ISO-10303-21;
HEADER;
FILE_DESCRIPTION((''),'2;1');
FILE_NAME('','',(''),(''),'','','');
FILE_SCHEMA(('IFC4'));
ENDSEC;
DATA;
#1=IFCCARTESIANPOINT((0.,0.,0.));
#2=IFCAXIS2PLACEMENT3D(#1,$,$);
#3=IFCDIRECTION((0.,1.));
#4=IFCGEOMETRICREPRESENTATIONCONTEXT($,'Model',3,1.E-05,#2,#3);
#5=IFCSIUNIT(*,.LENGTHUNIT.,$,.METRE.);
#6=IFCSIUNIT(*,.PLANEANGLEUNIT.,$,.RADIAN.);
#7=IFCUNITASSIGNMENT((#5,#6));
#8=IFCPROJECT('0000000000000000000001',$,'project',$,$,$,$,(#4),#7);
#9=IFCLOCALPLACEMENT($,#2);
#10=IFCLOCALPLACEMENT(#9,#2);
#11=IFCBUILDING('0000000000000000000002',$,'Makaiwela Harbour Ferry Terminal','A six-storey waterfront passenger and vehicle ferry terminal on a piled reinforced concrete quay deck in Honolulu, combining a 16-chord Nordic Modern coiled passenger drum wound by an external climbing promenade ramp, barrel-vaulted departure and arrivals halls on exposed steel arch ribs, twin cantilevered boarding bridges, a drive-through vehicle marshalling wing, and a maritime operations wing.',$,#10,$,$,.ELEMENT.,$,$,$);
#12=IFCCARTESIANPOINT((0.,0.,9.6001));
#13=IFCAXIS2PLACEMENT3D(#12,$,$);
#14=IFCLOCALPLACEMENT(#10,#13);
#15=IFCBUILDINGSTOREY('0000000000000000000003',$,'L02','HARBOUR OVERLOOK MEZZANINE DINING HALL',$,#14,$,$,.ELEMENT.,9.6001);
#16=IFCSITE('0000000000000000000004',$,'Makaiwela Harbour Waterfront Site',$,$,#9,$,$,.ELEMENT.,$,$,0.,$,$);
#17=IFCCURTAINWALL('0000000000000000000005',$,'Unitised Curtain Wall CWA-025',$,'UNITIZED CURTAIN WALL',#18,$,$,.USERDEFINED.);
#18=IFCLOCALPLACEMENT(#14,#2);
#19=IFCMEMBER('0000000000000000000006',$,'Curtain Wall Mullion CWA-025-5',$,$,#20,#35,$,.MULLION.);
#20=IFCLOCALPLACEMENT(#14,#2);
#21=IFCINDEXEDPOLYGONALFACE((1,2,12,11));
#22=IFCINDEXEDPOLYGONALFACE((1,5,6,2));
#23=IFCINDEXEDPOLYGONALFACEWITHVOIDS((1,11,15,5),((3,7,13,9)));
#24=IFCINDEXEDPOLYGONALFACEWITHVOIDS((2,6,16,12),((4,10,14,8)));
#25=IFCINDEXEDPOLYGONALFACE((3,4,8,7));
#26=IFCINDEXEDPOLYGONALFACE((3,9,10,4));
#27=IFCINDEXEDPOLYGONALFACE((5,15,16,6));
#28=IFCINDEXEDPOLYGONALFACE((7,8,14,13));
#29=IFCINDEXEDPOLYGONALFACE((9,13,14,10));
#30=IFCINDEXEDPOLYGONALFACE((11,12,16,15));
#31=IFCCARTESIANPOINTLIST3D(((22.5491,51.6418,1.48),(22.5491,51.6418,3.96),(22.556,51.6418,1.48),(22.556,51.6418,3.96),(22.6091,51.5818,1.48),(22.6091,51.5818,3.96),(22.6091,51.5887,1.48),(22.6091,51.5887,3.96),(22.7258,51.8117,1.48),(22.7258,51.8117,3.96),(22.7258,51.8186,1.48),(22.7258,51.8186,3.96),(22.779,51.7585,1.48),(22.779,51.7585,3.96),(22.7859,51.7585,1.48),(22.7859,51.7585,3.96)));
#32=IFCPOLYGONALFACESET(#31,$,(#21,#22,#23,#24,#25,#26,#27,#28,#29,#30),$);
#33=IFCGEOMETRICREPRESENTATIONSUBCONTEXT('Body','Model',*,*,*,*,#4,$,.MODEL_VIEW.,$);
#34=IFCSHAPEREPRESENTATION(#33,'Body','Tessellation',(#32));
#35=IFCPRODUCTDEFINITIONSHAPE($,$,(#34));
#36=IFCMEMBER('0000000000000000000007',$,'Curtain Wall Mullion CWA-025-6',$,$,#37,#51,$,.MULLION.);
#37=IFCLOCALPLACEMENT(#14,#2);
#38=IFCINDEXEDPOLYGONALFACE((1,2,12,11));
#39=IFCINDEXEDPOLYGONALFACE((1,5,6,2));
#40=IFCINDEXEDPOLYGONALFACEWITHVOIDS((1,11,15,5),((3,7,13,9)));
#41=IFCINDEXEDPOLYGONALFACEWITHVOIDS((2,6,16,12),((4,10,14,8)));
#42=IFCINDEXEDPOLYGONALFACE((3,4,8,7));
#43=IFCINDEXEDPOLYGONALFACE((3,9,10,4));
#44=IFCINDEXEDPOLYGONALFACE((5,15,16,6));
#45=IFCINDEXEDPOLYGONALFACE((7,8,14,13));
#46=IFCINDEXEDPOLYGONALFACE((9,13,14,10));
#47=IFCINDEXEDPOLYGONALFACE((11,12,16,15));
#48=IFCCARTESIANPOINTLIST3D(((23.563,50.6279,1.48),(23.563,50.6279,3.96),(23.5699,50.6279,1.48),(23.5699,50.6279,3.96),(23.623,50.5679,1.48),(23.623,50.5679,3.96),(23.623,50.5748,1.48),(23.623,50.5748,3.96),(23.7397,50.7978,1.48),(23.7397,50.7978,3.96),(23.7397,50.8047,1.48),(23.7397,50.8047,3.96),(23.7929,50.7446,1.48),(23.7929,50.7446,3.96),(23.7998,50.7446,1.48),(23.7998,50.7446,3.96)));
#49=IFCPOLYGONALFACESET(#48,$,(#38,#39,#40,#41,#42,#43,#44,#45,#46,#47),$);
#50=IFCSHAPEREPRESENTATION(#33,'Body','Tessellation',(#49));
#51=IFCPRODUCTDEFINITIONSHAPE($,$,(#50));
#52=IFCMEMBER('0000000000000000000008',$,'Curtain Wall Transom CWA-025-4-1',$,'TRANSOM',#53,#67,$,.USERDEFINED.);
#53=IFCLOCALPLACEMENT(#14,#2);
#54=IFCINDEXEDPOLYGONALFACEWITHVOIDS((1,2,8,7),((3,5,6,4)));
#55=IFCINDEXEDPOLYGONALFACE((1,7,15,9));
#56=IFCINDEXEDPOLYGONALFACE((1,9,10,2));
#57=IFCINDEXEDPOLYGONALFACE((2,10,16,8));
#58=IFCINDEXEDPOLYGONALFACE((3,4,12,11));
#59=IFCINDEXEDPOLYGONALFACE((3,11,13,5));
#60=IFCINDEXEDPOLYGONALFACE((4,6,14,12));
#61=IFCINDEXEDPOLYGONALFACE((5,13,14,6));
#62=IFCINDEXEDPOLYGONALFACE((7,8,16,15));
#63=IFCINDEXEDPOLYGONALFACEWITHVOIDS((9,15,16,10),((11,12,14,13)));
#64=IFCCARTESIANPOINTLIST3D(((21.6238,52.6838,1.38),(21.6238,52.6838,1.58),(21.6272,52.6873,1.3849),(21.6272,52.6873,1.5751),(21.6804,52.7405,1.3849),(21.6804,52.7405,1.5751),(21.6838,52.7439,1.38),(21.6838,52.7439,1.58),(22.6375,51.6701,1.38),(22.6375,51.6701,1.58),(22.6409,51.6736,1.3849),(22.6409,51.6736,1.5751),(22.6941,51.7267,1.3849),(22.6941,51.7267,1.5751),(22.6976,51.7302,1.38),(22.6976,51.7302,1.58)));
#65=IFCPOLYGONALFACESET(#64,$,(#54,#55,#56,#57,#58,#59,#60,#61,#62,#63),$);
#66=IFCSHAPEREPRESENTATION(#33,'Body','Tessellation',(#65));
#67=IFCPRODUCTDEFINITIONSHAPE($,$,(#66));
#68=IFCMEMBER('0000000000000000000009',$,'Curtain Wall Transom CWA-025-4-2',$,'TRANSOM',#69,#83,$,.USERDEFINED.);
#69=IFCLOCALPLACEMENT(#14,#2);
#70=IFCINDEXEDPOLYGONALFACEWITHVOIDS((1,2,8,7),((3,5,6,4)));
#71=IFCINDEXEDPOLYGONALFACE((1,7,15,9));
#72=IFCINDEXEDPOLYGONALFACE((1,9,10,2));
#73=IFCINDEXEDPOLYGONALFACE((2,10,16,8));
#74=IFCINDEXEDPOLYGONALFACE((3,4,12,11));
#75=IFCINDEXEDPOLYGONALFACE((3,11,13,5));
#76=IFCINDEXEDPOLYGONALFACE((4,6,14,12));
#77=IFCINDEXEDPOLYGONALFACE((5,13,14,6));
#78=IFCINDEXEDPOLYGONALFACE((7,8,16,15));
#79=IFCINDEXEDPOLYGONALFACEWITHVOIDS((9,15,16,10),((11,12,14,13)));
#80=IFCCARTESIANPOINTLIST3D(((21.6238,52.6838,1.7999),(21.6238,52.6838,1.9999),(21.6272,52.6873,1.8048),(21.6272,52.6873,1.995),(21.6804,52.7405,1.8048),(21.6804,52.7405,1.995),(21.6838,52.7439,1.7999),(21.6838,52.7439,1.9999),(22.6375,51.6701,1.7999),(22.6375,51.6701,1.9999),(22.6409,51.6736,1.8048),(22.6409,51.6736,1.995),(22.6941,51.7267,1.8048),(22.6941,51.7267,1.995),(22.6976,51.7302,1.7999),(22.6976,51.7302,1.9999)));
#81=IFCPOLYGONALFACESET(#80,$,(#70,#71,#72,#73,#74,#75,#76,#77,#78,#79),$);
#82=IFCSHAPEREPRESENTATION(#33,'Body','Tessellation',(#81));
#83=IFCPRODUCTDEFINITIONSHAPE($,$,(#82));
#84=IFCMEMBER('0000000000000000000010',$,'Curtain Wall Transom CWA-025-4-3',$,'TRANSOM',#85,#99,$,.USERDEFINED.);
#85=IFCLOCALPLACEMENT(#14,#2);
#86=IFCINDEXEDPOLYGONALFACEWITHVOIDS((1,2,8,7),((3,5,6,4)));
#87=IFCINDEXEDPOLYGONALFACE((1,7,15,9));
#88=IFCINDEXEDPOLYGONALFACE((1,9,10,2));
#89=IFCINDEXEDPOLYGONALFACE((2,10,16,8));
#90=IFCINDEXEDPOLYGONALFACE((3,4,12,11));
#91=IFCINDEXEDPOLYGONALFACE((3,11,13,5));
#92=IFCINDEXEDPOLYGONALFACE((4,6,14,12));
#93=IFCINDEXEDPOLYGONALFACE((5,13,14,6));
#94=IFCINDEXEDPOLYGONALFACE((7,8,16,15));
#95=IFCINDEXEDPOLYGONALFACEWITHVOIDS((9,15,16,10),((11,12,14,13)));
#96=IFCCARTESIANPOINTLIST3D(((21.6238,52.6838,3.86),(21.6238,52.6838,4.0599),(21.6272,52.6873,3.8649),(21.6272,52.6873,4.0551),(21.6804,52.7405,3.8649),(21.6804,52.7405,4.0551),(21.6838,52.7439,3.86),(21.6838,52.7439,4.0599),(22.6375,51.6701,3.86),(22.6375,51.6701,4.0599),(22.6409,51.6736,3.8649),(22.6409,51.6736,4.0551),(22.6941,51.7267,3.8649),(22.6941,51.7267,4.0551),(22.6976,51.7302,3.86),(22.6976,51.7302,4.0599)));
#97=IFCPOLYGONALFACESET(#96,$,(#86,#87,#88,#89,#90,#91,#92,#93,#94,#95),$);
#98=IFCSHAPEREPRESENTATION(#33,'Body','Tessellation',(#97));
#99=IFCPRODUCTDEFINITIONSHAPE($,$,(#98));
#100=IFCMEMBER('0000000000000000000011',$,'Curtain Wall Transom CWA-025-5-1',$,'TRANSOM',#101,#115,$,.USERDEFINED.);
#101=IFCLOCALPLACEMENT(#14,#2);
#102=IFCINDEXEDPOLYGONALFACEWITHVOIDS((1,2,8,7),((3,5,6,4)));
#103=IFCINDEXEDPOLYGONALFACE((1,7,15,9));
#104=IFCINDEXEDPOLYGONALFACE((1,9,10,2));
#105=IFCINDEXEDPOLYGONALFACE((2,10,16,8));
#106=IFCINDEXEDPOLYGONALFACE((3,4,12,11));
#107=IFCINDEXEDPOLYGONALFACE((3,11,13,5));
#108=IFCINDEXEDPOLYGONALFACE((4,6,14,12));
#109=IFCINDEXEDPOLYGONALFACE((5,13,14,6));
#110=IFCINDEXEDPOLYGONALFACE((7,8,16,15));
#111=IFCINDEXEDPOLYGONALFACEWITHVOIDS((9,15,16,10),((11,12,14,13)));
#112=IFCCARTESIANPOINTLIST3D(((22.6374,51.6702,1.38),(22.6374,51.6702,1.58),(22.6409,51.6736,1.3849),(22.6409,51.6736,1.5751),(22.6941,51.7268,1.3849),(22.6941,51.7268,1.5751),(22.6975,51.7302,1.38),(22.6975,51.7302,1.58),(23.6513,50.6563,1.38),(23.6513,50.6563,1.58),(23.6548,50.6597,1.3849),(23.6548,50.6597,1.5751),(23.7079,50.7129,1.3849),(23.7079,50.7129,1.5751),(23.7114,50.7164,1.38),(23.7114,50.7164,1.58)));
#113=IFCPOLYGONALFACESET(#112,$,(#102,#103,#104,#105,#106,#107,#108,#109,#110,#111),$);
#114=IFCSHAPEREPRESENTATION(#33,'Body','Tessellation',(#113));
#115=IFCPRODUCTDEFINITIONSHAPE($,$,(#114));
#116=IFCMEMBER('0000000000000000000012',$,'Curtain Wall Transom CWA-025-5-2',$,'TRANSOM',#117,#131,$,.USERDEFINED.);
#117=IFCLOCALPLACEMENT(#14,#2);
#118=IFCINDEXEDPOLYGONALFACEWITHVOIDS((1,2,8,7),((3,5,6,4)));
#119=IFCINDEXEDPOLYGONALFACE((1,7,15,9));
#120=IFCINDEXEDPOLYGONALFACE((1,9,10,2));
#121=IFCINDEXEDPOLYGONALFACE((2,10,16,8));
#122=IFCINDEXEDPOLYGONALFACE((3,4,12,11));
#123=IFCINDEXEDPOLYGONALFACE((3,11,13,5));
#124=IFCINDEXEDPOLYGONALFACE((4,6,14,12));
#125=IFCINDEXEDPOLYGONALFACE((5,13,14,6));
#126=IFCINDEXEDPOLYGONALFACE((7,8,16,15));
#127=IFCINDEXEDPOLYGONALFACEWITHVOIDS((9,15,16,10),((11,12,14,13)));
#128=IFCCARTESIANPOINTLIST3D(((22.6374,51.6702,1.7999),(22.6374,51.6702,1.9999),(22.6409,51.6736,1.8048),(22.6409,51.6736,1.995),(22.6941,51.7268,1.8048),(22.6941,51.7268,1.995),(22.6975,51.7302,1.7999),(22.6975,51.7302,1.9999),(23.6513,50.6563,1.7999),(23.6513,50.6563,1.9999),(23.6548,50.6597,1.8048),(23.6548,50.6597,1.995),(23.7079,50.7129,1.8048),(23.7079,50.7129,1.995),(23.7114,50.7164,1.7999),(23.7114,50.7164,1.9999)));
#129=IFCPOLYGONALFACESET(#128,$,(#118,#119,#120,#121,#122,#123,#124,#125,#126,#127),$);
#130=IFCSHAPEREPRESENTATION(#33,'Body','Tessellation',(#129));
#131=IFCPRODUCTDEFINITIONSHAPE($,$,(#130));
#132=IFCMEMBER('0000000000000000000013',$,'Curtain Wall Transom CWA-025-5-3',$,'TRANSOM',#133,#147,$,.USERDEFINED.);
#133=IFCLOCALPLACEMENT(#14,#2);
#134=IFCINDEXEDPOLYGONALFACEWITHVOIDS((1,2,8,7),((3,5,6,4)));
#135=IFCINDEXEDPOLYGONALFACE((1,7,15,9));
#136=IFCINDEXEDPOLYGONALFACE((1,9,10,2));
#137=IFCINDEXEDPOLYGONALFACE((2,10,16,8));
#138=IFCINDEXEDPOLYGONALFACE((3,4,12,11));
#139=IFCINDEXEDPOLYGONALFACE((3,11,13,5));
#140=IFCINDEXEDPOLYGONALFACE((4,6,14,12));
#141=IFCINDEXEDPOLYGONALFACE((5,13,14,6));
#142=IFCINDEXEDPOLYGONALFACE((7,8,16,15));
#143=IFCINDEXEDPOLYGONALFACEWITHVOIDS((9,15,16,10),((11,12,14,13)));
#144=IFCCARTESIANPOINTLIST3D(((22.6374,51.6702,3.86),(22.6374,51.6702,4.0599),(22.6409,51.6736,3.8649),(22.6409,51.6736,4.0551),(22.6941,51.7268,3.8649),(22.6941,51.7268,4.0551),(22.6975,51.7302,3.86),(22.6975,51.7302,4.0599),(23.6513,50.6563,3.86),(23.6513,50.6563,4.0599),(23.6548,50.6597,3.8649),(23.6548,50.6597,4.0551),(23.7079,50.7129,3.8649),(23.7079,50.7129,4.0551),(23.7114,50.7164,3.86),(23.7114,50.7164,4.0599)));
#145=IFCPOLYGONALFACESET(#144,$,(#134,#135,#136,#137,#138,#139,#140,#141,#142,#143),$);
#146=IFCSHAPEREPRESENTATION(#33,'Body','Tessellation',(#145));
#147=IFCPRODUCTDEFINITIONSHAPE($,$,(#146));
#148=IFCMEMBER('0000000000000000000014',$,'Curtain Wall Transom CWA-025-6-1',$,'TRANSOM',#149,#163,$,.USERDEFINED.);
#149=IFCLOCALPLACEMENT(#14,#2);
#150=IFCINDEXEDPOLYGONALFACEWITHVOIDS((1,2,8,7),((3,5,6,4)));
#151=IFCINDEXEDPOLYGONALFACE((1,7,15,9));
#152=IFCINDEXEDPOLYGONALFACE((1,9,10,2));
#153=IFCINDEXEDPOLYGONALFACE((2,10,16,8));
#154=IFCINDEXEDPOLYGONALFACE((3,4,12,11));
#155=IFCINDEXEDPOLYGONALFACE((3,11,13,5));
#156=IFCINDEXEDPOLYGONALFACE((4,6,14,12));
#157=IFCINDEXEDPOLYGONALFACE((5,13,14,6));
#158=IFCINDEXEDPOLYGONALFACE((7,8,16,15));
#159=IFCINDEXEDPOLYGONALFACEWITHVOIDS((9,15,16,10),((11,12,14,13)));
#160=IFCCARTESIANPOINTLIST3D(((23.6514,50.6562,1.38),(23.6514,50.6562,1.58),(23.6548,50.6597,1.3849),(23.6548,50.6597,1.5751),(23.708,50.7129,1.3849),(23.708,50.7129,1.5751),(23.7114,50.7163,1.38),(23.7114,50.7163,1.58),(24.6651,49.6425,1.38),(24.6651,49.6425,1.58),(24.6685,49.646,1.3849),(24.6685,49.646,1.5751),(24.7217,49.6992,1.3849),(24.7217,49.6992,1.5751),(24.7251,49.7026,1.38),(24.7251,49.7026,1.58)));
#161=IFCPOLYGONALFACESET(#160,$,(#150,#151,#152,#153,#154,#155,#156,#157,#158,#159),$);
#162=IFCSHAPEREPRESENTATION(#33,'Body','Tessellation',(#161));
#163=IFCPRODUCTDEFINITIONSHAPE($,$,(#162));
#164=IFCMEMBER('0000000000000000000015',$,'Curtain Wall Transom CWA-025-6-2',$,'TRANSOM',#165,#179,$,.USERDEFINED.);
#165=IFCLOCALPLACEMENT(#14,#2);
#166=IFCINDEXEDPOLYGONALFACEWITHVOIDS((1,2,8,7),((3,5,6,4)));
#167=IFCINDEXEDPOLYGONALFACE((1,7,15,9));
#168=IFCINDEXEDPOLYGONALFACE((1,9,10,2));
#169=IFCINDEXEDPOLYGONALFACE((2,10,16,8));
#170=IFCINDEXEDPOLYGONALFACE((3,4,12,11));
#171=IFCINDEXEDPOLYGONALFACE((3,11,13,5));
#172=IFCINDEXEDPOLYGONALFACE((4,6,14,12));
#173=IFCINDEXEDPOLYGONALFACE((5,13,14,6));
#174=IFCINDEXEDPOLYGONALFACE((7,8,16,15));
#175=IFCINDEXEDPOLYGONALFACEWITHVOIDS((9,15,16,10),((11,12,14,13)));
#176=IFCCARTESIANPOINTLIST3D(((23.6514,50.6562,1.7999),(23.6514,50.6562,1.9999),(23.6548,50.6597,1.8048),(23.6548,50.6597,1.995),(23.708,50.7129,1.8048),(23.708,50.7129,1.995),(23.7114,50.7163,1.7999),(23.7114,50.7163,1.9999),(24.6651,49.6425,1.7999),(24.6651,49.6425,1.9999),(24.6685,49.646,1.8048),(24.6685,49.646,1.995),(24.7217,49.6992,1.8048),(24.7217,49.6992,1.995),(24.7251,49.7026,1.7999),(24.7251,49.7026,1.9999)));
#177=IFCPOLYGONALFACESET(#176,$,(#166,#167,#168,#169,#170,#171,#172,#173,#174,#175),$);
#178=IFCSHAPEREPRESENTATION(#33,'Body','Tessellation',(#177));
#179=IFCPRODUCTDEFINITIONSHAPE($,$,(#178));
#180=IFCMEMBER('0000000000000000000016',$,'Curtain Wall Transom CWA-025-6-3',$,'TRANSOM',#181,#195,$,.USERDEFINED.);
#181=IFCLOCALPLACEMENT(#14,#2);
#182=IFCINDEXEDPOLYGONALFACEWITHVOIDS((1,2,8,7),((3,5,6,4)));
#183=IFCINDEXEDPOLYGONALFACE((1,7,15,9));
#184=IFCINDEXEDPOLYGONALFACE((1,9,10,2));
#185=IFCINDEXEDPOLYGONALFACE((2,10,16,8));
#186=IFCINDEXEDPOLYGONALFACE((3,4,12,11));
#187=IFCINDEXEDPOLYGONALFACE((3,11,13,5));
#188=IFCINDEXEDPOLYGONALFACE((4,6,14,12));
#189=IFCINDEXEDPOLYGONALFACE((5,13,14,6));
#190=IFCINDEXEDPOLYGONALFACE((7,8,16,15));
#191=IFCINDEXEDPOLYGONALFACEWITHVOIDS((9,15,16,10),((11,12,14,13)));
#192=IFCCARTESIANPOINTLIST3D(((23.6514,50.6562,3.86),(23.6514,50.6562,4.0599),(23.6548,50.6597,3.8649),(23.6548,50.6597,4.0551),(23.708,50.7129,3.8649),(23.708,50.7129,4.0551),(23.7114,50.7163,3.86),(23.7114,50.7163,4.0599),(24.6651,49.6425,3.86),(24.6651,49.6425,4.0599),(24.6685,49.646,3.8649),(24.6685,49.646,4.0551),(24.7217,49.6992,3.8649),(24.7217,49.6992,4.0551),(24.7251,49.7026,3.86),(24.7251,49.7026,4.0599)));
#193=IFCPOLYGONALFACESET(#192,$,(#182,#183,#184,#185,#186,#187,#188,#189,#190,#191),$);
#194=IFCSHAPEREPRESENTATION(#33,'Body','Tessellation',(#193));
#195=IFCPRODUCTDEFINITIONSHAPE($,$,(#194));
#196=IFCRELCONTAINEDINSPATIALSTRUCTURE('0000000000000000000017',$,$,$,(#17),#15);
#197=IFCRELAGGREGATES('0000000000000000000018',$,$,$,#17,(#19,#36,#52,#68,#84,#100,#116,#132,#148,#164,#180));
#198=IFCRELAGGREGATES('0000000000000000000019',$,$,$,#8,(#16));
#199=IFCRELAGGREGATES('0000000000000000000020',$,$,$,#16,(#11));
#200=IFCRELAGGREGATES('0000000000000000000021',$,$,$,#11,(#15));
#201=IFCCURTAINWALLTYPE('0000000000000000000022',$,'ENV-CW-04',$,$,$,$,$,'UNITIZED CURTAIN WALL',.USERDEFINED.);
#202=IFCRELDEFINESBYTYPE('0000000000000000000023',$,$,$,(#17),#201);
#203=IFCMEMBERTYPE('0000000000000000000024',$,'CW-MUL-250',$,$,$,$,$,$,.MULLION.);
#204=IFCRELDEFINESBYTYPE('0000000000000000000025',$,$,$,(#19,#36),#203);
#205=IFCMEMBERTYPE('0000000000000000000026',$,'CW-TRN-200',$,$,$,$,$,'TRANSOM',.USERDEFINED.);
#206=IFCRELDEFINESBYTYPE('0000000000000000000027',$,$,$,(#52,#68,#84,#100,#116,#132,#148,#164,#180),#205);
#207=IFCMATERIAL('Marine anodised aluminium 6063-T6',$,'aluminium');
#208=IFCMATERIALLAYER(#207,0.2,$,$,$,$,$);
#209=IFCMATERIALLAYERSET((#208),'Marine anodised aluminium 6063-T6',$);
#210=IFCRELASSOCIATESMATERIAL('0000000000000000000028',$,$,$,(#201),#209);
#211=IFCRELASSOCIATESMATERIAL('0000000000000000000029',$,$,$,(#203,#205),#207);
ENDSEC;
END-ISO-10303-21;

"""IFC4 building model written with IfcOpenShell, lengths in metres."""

from ifc_helpers import new_model, si_unit, direction, frame, origin, origin_2d, place, context, subcontext, project, spatial, hollow_rectangle, extrude, material, layer, layer_set, material_profile, profile_set, type_object, element, aggregate, save


model = new_model("IFC4")

# Units and contexts
model_context = context("Model", 3, precision=1e-05, world=origin(), true_north=direction((0.0, 1.0)))
body_context = subcontext(model_context, "Body", "Model", "MODEL_VIEW")
ifc_project = project(units=[si_unit("LENGTHUNIT", "METRE"), si_unit("PLANEANGLEUNIT", "RADIAN")], contexts=[model_context])

# Site, building, storey
site_placement = place(None, origin())
site = spatial("IfcSite", under=ifc_project, at=site_placement, Name="Makaiwela Harbour Waterfront Site", CompositionType="ELEMENT", RefElevation=0.0)
building_placement = place(site_placement, origin())
building = spatial("IfcBuilding", under=site, at=building_placement, Name="Makaiwela Harbour Ferry Terminal", Description="A six-storey waterfront passenger and vehicle ferry terminal on a piled reinforced concrete quay deck in Honolulu, combining a 16-chord Nordic Modern coiled passenger drum wound by an external climbing promenade ramp, barrel-vaulted departure and arrivals halls on exposed steel arch ribs, twin cantilevered boarding bridges, a drive-through vehicle marshalling wing, and a maritime operations wing.", CompositionType="ELEMENT")
storey_placement = place(building_placement, frame((0.0, 0.0, 9.6001)))
storey = spatial("IfcBuildingStorey", under=building, at=storey_placement, Name="L02", Description="HARBOUR OVERLOOK MEZZANINE DINING HALL", CompositionType="ELEMENT", Elevation=9.6001)

# Curtain wall, members
ifc_material_1 = material(Name="Marine anodised aluminium 6063-T6", Category="aluminium")
ifc_layer_1 = layer(ifc_material_1, 0.2)
ifc_layer_set_1 = layer_set([ifc_layer_1], Name="Marine anodised aluminium 6063-T6")
curtain_wall_type = type_object("IfcCurtainWallType", Name="ENV-CW-04", ElementType="UNITIZED CURTAIN WALL", PredefinedType="USERDEFINED", material=ifc_layer_set_1)
curtain_wall_placement = place(storey_placement, origin())
curtain_wall = element("IfcCurtainWall", 1, at=curtain_wall_placement, inside=storey, type_object=curtain_wall_type, Name="Unitised Curtain Wall CWA-025", ObjectType="UNITIZED CURTAIN WALL", PredefinedType="USERDEFINED")
ifc_material_profile_1 = material_profile(ifc_material_1, hollow_rectangle(XDim=0.085, YDim=0.25, WallThickness=0.0049, at=origin_2d()), Name="CWM-250X85")
ifc_profile_set_1 = profile_set([ifc_material_profile_1], Name="Marine anodised aluminium 6063-T6")
member_type_1 = type_object("IfcMemberType", Name="CW-MUL-250", PredefinedType="MULLION", material=ifc_profile_set_1)
member_1_placement = place(storey_placement, frame((22.6675, 51.7002, 1.48), z_axis=(0.0, 0.0, 1.0), x_axis=(-0.707107, 0.707107, 0.0)))
member_1 = element("IfcMember", 2, at=member_1_placement, type_object=member_type_1, Name="Curtain Wall Mullion CWA-025-5", PredefinedType="MULLION", context=body_context, shape_type="SweptSolid", body=[
    extrude(hollow_rectangle(XDim=0.085, YDim=0.25, WallThickness=0.0049, at=origin_2d()), origin(), (0.0, 0.0, 1.0), 2.48),
])
member_2_placement = place(storey_placement, frame((23.6814, 50.6863, 1.48), z_axis=(0.0, 0.0, 1.0), x_axis=(-0.707107, 0.707107, 0.0)))
member_2 = element("IfcMember", 3, at=member_2_placement, type_object=member_type_1, Name="Curtain Wall Mullion CWA-025-6", PredefinedType="MULLION", context=body_context, shape_type="SweptSolid", body=[
    extrude(hollow_rectangle(XDim=0.085, YDim=0.25, WallThickness=0.0049, at=origin_2d()), origin(), (0.0, 0.0, 1.0), 2.48),
])
ifc_material_profile_2 = material_profile(ifc_material_1, hollow_rectangle(XDim=0.085, YDim=0.2, WallThickness=0.0049, at=origin_2d()), Name="CWT-200X85")
ifc_profile_set_2 = profile_set([ifc_material_profile_2], Name="Marine anodised aluminium 6063-T6")
member_type_2 = type_object("IfcMemberType", Name="CW-TRN-200", ElementType="TRANSOM", PredefinedType="USERDEFINED", material=ifc_profile_set_2)
member_3_placement = place(storey_placement, frame((21.6538, 52.7139, 1.48), z_axis=(0.707107, -0.707107, 0.0), x_axis=(0.707107, 0.707107, 0.0)))
member_3 = element("IfcMember", 4, at=member_3_placement, type_object=member_type_2, Name="Curtain Wall Transom CWA-025-4-1", ObjectType="TRANSOM", PredefinedType="USERDEFINED", context=body_context, shape_type="SweptSolid", body=[
    extrude(hollow_rectangle(XDim=0.085, YDim=0.2, WallThickness=0.0049, at=origin_2d()), origin(), (0.0, 0.0, 1.0), 1.4336),
])
member_4_placement = place(storey_placement, frame((21.6538, 52.7139, 1.8999), z_axis=(0.707107, -0.707107, 0.0), x_axis=(0.707107, 0.707107, 0.0)))
member_4 = element("IfcMember", 5, at=member_4_placement, type_object=member_type_2, Name="Curtain Wall Transom CWA-025-4-2", ObjectType="TRANSOM", PredefinedType="USERDEFINED", context=body_context, shape_type="SweptSolid", body=[
    extrude(hollow_rectangle(XDim=0.085, YDim=0.2, WallThickness=0.0049, at=origin_2d()), origin(), (0.0, 0.0, 1.0), 1.4336),
])
member_5_placement = place(storey_placement, frame((21.6538, 52.7139, 3.96), z_axis=(0.707107, -0.707107, 0.0), x_axis=(0.707107, 0.707107, 0.0)))
member_5 = element("IfcMember", 6, at=member_5_placement, type_object=member_type_2, Name="Curtain Wall Transom CWA-025-4-3", ObjectType="TRANSOM", PredefinedType="USERDEFINED", context=body_context, shape_type="SweptSolid", body=[
    extrude(hollow_rectangle(XDim=0.085, YDim=0.2, WallThickness=0.0049, at=origin_2d()), origin(), (0.0, 0.0, 1.0), 1.4336),
])
member_6_placement = place(storey_placement, frame((22.6675, 51.7002, 1.48), z_axis=(0.707107, -0.707107, 0.0), x_axis=(0.707107, 0.707107, 0.0)))
member_6 = element("IfcMember", 7, at=member_6_placement, type_object=member_type_2, Name="Curtain Wall Transom CWA-025-5-1", ObjectType="TRANSOM", PredefinedType="USERDEFINED", context=body_context, shape_type="SweptSolid", body=[
    extrude(hollow_rectangle(XDim=0.085, YDim=0.2, WallThickness=0.0049, at=origin_2d()), origin(), (0.0, 0.0, 1.0), 1.4338),
])
member_7_placement = place(storey_placement, frame((22.6675, 51.7002, 1.8999), z_axis=(0.707107, -0.707107, 0.0), x_axis=(0.707107, 0.707107, 0.0)))
member_7 = element("IfcMember", 8, at=member_7_placement, type_object=member_type_2, Name="Curtain Wall Transom CWA-025-5-2", ObjectType="TRANSOM", PredefinedType="USERDEFINED", context=body_context, shape_type="SweptSolid", body=[
    extrude(hollow_rectangle(XDim=0.085, YDim=0.2, WallThickness=0.0049, at=origin_2d()), origin(), (0.0, 0.0, 1.0), 1.4338),
])
member_8_placement = place(storey_placement, frame((22.6675, 51.7002, 3.96), z_axis=(0.707107, -0.707107, 0.0), x_axis=(0.707107, 0.707107, 0.0)))
member_8 = element("IfcMember", 9, at=member_8_placement, type_object=member_type_2, Name="Curtain Wall Transom CWA-025-5-3", ObjectType="TRANSOM", PredefinedType="USERDEFINED", context=body_context, shape_type="SweptSolid", body=[
    extrude(hollow_rectangle(XDim=0.085, YDim=0.2, WallThickness=0.0049, at=origin_2d()), origin(), (0.0, 0.0, 1.0), 1.4338),
])
member_9_placement = place(storey_placement, frame((23.6814, 50.6863, 1.48), z_axis=(0.707107, -0.707107, 0.0), x_axis=(0.707107, 0.707107, 0.0)))
member_9 = element("IfcMember", 10, at=member_9_placement, type_object=member_type_2, Name="Curtain Wall Transom CWA-025-6-1", ObjectType="TRANSOM", PredefinedType="USERDEFINED", context=body_context, shape_type="SweptSolid", body=[
    extrude(hollow_rectangle(XDim=0.085, YDim=0.2, WallThickness=0.0049, at=origin_2d()), origin(), (0.0, 0.0, 1.0), 1.4336),
])
member_10_placement = place(storey_placement, frame((23.6814, 50.6863, 1.8999), z_axis=(0.707107, -0.707107, 0.0), x_axis=(0.707107, 0.707107, 0.0)))
member_10 = element("IfcMember", 11, at=member_10_placement, type_object=member_type_2, Name="Curtain Wall Transom CWA-025-6-2", ObjectType="TRANSOM", PredefinedType="USERDEFINED", context=body_context, shape_type="SweptSolid", body=[
    extrude(hollow_rectangle(XDim=0.085, YDim=0.2, WallThickness=0.0049, at=origin_2d()), origin(), (0.0, 0.0, 1.0), 1.4336),
])
member_11_placement = place(storey_placement, frame((23.6814, 50.6863, 3.96), z_axis=(0.707107, -0.707107, 0.0), x_axis=(0.707107, 0.707107, 0.0)))
member_11 = element("IfcMember", 12, at=member_11_placement, type_object=member_type_2, Name="Curtain Wall Transom CWA-025-6-3", ObjectType="TRANSOM", PredefinedType="USERDEFINED", context=body_context, shape_type="SweptSolid", body=[
    extrude(hollow_rectangle(XDim=0.085, YDim=0.2, WallThickness=0.0049, at=origin_2d()), origin(), (0.0, 0.0, 1.0), 1.4336),
])

aggregate(curtain_wall, [member_1, member_2, member_3, member_4, member_5, member_6, member_7, member_8, member_9, member_10, member_11])

save(model, "model.ifc")
